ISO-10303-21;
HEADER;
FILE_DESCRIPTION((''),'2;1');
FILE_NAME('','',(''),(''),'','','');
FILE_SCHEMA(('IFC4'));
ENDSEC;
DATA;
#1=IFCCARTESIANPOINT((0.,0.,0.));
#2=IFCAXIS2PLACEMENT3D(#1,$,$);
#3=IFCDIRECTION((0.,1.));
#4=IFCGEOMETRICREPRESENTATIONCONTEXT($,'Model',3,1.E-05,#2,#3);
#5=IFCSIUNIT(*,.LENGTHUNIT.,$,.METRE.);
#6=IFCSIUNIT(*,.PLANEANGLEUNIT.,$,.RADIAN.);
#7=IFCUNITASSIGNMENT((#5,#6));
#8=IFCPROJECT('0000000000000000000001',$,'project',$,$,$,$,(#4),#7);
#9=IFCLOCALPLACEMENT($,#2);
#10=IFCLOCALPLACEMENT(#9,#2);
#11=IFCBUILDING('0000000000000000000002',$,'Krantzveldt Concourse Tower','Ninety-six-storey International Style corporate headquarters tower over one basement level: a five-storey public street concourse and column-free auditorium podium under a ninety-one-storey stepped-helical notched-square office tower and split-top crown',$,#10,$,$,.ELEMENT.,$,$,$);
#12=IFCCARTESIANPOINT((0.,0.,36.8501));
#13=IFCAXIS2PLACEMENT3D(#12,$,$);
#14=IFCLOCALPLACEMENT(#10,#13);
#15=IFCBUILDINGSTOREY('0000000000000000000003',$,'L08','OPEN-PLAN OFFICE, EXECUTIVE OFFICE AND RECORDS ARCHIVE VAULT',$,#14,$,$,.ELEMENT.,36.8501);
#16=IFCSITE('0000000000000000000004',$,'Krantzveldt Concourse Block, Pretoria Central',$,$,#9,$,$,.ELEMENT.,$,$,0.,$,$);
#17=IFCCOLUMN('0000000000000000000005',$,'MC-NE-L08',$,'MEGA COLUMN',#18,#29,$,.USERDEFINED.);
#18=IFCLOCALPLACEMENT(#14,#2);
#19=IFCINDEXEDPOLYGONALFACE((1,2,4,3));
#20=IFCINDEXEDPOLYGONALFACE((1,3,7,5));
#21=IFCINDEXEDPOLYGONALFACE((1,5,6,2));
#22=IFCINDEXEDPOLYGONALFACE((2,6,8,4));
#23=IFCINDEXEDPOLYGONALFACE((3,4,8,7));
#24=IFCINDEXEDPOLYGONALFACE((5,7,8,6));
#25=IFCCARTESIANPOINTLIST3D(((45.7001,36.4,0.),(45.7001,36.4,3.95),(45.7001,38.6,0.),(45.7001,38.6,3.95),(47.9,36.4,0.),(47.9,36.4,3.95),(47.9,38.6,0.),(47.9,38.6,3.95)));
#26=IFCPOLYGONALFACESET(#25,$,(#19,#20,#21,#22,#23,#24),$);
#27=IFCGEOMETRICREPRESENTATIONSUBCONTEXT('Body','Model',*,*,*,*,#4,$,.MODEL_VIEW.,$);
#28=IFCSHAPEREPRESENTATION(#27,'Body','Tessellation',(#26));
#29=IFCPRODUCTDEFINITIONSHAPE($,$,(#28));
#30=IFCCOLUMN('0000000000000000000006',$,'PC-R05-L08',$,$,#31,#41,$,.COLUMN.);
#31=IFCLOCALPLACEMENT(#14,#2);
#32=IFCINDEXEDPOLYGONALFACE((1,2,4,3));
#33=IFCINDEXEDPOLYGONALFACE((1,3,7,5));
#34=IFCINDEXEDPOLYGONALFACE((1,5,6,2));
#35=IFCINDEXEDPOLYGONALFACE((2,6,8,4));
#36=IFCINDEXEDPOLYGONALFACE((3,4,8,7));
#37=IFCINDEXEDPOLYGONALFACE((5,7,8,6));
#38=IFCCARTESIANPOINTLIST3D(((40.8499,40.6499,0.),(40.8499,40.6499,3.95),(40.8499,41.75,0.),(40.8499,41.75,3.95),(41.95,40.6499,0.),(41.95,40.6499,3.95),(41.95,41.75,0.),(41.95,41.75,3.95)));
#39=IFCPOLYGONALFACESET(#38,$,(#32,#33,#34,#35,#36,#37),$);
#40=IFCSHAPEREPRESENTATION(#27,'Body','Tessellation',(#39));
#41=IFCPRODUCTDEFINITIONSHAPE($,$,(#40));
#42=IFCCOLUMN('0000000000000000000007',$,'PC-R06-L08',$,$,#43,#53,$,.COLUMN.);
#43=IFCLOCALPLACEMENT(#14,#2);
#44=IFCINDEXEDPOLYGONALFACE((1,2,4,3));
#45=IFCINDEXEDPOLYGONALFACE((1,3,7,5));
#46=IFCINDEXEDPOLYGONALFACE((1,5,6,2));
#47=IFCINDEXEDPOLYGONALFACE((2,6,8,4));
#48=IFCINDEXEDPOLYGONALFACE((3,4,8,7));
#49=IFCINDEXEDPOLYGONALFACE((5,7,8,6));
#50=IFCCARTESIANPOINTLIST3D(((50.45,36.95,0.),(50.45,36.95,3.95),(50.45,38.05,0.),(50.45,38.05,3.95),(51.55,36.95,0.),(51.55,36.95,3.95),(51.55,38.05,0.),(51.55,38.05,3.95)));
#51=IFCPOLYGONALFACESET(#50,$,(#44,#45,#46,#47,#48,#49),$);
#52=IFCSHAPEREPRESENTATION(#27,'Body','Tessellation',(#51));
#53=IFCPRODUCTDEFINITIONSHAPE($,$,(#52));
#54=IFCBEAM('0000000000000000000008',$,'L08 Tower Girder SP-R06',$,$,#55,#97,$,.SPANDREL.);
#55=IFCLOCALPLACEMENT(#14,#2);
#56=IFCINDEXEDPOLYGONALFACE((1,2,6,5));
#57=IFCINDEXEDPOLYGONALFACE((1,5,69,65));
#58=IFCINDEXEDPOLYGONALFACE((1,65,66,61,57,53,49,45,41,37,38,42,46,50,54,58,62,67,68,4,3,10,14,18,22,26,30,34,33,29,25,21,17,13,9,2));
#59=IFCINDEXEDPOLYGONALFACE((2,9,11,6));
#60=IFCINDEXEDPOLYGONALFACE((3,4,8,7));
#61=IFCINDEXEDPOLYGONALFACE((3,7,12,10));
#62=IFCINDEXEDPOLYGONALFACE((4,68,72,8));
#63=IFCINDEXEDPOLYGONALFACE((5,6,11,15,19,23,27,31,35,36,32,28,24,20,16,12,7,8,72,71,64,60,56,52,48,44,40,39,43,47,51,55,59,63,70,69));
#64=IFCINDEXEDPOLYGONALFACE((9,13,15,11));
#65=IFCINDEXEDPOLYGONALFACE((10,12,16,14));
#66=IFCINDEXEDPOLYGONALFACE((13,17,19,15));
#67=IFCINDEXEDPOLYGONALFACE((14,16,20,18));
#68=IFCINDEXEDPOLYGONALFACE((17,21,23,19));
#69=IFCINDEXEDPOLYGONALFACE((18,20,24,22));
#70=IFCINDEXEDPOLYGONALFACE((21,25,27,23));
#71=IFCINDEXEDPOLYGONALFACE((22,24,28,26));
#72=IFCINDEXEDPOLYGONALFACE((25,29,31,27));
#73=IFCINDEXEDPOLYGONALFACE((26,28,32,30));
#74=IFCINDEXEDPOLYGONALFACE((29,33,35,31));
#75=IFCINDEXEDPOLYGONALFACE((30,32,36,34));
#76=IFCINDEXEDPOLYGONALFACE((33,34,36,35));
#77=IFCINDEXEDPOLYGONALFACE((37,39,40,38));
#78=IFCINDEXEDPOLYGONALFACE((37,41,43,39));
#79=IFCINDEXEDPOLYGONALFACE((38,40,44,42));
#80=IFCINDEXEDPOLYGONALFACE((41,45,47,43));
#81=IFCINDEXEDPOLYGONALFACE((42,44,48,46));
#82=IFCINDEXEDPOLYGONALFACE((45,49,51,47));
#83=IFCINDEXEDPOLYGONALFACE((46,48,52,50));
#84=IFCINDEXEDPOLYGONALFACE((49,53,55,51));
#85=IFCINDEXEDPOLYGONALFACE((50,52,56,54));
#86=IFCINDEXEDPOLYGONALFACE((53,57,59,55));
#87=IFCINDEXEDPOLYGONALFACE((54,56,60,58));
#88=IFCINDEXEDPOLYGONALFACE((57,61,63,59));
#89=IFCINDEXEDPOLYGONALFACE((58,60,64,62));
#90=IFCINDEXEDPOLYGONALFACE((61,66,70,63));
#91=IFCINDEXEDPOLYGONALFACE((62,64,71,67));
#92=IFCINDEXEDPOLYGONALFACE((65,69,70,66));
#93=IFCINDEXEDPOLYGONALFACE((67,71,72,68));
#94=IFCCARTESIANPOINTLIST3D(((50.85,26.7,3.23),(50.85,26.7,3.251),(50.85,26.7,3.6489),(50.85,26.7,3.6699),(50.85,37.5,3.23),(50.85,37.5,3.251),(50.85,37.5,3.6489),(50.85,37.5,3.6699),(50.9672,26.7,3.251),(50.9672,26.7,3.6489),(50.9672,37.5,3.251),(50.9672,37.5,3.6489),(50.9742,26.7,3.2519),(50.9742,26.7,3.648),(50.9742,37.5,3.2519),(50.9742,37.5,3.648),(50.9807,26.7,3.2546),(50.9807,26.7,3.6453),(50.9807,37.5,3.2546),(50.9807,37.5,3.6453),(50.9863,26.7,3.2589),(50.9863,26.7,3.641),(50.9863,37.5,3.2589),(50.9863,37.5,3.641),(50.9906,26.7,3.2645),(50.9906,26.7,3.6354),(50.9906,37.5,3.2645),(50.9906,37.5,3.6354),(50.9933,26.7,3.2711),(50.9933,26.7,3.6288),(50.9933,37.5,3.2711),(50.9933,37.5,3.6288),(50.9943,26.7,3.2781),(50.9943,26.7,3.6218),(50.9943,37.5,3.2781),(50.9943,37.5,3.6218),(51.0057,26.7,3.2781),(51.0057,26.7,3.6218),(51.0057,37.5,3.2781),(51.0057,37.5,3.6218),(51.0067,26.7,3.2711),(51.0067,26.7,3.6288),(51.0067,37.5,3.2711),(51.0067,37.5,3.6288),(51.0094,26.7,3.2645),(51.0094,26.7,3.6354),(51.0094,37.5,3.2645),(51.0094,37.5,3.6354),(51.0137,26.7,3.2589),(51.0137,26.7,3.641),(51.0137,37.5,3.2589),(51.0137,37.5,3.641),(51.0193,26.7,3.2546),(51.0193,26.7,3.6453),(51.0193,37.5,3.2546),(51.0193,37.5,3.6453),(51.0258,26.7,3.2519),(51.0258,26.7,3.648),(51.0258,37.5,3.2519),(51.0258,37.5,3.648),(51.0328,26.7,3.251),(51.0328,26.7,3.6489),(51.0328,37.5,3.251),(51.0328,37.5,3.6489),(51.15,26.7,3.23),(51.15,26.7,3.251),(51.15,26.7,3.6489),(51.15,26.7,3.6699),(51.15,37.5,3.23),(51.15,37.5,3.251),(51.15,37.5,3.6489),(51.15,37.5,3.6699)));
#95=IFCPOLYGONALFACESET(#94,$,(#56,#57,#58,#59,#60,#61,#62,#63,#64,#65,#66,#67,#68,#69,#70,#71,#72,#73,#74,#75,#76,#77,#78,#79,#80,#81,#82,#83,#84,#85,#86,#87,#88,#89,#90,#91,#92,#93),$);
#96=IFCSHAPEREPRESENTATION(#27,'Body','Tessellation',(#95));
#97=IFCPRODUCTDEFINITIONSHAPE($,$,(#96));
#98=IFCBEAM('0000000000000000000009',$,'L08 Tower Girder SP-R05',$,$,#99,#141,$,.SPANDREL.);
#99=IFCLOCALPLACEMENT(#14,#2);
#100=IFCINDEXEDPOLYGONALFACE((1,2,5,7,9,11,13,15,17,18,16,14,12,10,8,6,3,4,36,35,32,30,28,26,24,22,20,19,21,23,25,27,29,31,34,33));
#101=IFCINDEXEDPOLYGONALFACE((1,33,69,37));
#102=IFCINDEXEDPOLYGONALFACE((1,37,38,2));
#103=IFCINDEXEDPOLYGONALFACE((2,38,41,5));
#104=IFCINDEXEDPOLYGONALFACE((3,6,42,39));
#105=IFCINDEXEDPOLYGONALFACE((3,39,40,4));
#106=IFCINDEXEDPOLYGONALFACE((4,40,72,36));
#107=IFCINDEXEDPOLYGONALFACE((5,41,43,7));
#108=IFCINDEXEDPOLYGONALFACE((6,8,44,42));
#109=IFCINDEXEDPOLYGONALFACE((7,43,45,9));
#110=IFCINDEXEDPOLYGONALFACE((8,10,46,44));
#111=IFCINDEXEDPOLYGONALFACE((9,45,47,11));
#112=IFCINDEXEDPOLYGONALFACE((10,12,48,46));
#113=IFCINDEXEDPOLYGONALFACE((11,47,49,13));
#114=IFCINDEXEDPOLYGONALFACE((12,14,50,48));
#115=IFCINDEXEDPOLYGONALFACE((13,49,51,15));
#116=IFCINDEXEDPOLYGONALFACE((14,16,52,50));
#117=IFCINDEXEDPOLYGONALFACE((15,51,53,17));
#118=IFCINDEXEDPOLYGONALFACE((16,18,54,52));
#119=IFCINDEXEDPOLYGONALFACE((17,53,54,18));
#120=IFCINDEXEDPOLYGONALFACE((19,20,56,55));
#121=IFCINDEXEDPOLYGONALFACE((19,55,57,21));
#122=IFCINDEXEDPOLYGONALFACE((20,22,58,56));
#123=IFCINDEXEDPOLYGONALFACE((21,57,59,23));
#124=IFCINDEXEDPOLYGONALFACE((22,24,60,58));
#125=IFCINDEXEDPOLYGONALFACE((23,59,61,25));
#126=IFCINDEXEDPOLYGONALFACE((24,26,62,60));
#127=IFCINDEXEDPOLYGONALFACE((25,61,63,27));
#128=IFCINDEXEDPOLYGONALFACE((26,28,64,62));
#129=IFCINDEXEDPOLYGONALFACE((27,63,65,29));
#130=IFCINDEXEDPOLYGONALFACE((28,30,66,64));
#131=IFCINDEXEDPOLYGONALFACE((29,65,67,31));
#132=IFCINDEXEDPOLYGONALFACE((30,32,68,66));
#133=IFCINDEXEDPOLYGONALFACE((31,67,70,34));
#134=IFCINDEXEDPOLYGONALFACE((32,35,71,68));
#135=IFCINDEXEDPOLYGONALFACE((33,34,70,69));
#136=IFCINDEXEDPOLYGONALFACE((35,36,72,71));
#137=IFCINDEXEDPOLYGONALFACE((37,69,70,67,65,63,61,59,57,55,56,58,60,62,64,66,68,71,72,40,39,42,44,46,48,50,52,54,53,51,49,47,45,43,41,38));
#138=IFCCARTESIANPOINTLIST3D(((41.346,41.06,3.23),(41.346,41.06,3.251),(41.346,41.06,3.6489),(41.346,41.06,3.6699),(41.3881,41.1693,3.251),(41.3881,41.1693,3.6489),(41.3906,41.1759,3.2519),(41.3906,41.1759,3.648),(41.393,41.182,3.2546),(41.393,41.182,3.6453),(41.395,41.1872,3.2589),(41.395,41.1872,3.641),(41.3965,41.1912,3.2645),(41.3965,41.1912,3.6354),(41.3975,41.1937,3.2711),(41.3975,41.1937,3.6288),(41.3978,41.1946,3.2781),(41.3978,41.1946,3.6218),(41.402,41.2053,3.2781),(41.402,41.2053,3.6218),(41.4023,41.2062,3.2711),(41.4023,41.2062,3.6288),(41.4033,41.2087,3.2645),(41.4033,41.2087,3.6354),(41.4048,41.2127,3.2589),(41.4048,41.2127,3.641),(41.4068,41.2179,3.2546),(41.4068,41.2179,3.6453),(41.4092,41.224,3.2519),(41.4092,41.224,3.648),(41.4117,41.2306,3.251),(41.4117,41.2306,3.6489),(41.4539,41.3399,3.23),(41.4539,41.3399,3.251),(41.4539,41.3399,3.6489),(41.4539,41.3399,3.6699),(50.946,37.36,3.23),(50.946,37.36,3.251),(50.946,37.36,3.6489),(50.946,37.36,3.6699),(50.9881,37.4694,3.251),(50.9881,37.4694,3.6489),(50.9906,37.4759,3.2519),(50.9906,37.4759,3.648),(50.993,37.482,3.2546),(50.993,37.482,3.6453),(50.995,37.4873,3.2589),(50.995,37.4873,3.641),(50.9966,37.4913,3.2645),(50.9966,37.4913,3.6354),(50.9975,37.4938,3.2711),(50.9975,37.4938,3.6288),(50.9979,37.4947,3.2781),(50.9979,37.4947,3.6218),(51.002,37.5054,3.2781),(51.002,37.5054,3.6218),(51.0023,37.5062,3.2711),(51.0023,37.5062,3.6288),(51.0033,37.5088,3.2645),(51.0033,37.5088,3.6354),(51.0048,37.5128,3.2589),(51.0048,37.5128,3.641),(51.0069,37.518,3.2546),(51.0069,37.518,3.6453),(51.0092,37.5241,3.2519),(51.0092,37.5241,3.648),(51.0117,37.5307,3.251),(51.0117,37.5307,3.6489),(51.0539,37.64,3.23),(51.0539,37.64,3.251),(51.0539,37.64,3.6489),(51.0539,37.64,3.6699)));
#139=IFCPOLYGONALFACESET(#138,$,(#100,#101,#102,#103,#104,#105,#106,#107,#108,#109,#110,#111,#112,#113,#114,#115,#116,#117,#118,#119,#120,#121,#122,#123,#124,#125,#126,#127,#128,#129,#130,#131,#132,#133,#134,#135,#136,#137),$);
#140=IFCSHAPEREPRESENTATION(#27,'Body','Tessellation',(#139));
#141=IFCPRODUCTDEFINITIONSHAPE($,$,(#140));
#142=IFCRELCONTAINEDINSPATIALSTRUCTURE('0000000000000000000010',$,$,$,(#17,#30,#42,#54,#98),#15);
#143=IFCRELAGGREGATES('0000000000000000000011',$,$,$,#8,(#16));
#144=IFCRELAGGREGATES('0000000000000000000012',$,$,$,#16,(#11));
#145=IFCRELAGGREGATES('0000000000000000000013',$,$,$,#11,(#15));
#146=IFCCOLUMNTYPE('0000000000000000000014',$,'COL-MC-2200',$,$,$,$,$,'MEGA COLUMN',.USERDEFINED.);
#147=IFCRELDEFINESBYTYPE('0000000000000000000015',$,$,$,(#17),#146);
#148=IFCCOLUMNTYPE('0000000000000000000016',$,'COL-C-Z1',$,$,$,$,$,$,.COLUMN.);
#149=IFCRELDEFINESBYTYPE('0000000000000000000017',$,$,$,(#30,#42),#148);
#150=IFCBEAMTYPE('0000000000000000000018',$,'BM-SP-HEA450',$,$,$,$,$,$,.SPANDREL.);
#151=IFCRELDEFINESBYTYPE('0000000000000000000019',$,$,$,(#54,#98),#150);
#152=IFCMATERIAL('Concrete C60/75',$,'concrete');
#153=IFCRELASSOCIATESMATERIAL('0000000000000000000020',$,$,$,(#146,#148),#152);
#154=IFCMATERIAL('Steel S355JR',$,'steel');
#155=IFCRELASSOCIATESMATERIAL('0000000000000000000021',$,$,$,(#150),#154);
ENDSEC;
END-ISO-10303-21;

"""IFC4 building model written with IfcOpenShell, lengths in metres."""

from ifc_helpers import new_model, si_unit, direction, frame, origin, origin_2d, place, context, subcontext, project, spatial, rectangle, i_section, extrude, source, transform, mapped, material, material_profile, profile_set, type_object, type_shapes, element, save


model = new_model("IFC4")

# Units and contexts
model_context = context("Model", 3, precision=1e-05, world=origin(), true_north=direction((0.0, 1.0)))
body_context = subcontext(model_context, "Body", "Model", "MODEL_VIEW")
ifc_project = project(units=[si_unit("LENGTHUNIT", "METRE"), si_unit("PLANEANGLEUNIT", "RADIAN")], contexts=[model_context])

# Site, building, storey
site_placement = place(None, origin())
site = spatial("IfcSite", under=ifc_project, at=site_placement, Name="Krantzveldt Concourse Block, Pretoria Central", CompositionType="ELEMENT", RefElevation=0.0)
building_placement = place(site_placement, origin())
building = spatial("IfcBuilding", under=site, at=building_placement, Name="Krantzveldt Concourse Tower", Description="Ninety-six-storey International Style corporate headquarters tower over one basement level: a five-storey public street concourse and column-free auditorium podium under a ninety-one-storey stepped-helical notched-square office tower and split-top crown", CompositionType="ELEMENT")
storey_placement = place(building_placement, frame((0.0, 0.0, 36.8501)))
storey = spatial("IfcBuildingStorey", under=building, at=storey_placement, Name="L08", Description="OPEN-PLAN OFFICE, EXECUTIVE OFFICE AND RECORDS ARCHIVE VAULT", CompositionType="ELEMENT", Elevation=36.8501)

# Columns
ifc_material_1 = material(Name="Concrete C60/75", Category="concrete")
ifc_material_profile_1 = material_profile(ifc_material_1, rectangle(XDim=2.2, YDim=2.2, at=origin_2d()), Name="Concrete C60/75", Category="concrete")
ifc_profile_set_1 = profile_set([ifc_material_profile_1], Name="Concrete C60/75 - RC 2200x2200")
column_type_1 = type_object("IfcColumnType", Name="COL-MC-2200", ElementType="MEGA COLUMN", PredefinedType="USERDEFINED", material=ifc_profile_set_1)
shared_shape_1 = source(origin(), body_context, "Body", "SweptSolid", [
    extrude(rectangle(XDim=2.2, YDim=2.2, at=origin_2d()), origin(), (0.0, 0.0, 1.0), 3.95),
])
type_shapes(column_type_1, [shared_shape_1])
column_placement = place(storey_placement, frame((46.8, 37.5, 0.0), z_axis=(0.0, 0.0, 1.0), x_axis=(1.0, 0.0, 0.0)))
element("IfcColumn", 1, at=column_placement, inside=storey, type_object=column_type_1, Name="MC-NE-L08", ObjectType="MEGA COLUMN", PredefinedType="USERDEFINED", context=body_context, shape_type="MappedRepresentation", body=[
    mapped(shared_shape_1, transform((0.0, 0.0, 0.0), x_axis=(1.0, 0.0, 0.0), y_axis=(0.0, 1.0, 0.0), z_axis=(0.0, 0.0, 1.0), scale=1.0)),
])
ifc_material_profile_2 = material_profile(ifc_material_1, rectangle(XDim=1.1001, YDim=1.1001, at=origin_2d()), Name="Concrete C60/75", Category="concrete")
ifc_profile_set_2 = profile_set([ifc_material_profile_2], Name="Concrete C60/75 - RC 1100x1100")
column_type_2 = type_object("IfcColumnType", Name="COL-C-Z1", PredefinedType="COLUMN", material=ifc_profile_set_2)
shared_shape_2 = source(origin(), body_context, "Body", "SweptSolid", [
    extrude(rectangle(XDim=1.1001, YDim=1.1001, at=origin_2d()), origin(), (0.0, 0.0, 1.0), 3.95),
])
type_shapes(column_type_2, [shared_shape_2])
for number, where, z_axis, x_axis, name in (
    (2, (41.3999, 41.2, 0.0), (0.0, 0.0, 1.0), (1.0, 0.0, 0.0), "PC-R05-L08"),
    (3, (51.0, 37.5, 0.0), (0.0, 0.0, 1.0), (1.0, 0.0, 0.0), "PC-R06-L08"),
):
    element("IfcColumn", number, at=place(storey_placement, frame(where, z_axis=z_axis, x_axis=x_axis)), inside=storey, type_object=column_type_2, Name=name, PredefinedType="COLUMN", context=body_context, shape_type="MappedRepresentation", body=[
        mapped(shared_shape_2, transform((0.0, 0.0, 0.0), x_axis=(1.0, 0.0, 0.0), y_axis=(0.0, 1.0, 0.0), z_axis=(0.0, 0.0, 1.0), scale=1.0)),
    ])

# Beams
ifc_material_2 = material(Name="Steel S355JR", Category="steel")
ifc_material_profile_3 = material_profile(ifc_material_2, i_section(OverallWidth=0.3, OverallDepth=0.4399, WebThickness=0.0115, FlangeThickness=0.021, FilletRadius=0.0271, at=origin_2d()), Name="Steel S355JR", Category="steel")
ifc_profile_set_3 = profile_set([ifc_material_profile_3], Name="Steel S355JR - HEA 450")
beam_type_1 = type_object("IfcBeamType", Name="BM-SP-HEA450", PredefinedType="SPANDREL", material=ifc_profile_set_3)
shared_shape_3 = source(origin(), body_context, "Body", "SweptSolid", [
    extrude(i_section(OverallWidth=0.3, OverallDepth=0.4399, WebThickness=0.0115, FlangeThickness=0.021, FilletRadius=0.0271, at=origin_2d()), origin(), (0.0, 0.0, 1.0), 10.8),
])
beam_1_placement = place(storey_placement, frame((51.0, 37.5, 3.45), z_axis=(0.0, -1.0, 0.0), x_axis=(1.0, 0.0, 0.0)))
element("IfcBeam", 4, at=beam_1_placement, inside=storey, type_object=beam_type_1, Name="L08 Tower Girder SP-R06", PredefinedType="SPANDREL", context=body_context, shape_type="MappedRepresentation", body=[
    mapped(shared_shape_3, transform((0.0, 0.0, 0.0), x_axis=(1.0, 0.0, 0.0), y_axis=(0.0, 1.0, 0.0), z_axis=(0.0, 0.0, 1.0), scale=1.0)),
])
shared_shape_4 = source(origin(), body_context, "Body", "SweptSolid", [
    extrude(i_section(OverallWidth=0.3, OverallDepth=0.4399, WebThickness=0.0115, FlangeThickness=0.021, FilletRadius=0.0271, at=origin_2d()), origin(), (0.0, 0.0, 1.0), 10.2883),
])
type_shapes(beam_type_1, [shared_shape_3, shared_shape_4])
beam_2_placement = place(storey_placement, frame((41.3999, 41.2, 3.45), z_axis=(0.933098, -0.359623, 0.0), x_axis=(0.359623, 0.933098, 0.0)))
element("IfcBeam", 5, at=beam_2_placement, inside=storey, type_object=beam_type_1, Name="L08 Tower Girder SP-R05", PredefinedType="SPANDREL", context=body_context, shape_type="MappedRepresentation", body=[
    mapped(shared_shape_4, transform((0.0, 0.0, 0.0), x_axis=(1.0, 0.0, 0.0), y_axis=(0.0, 1.0, 0.0), z_axis=(0.0, 0.0, 1.0), scale=1.0)),
])

save(model, "model.ifc")
